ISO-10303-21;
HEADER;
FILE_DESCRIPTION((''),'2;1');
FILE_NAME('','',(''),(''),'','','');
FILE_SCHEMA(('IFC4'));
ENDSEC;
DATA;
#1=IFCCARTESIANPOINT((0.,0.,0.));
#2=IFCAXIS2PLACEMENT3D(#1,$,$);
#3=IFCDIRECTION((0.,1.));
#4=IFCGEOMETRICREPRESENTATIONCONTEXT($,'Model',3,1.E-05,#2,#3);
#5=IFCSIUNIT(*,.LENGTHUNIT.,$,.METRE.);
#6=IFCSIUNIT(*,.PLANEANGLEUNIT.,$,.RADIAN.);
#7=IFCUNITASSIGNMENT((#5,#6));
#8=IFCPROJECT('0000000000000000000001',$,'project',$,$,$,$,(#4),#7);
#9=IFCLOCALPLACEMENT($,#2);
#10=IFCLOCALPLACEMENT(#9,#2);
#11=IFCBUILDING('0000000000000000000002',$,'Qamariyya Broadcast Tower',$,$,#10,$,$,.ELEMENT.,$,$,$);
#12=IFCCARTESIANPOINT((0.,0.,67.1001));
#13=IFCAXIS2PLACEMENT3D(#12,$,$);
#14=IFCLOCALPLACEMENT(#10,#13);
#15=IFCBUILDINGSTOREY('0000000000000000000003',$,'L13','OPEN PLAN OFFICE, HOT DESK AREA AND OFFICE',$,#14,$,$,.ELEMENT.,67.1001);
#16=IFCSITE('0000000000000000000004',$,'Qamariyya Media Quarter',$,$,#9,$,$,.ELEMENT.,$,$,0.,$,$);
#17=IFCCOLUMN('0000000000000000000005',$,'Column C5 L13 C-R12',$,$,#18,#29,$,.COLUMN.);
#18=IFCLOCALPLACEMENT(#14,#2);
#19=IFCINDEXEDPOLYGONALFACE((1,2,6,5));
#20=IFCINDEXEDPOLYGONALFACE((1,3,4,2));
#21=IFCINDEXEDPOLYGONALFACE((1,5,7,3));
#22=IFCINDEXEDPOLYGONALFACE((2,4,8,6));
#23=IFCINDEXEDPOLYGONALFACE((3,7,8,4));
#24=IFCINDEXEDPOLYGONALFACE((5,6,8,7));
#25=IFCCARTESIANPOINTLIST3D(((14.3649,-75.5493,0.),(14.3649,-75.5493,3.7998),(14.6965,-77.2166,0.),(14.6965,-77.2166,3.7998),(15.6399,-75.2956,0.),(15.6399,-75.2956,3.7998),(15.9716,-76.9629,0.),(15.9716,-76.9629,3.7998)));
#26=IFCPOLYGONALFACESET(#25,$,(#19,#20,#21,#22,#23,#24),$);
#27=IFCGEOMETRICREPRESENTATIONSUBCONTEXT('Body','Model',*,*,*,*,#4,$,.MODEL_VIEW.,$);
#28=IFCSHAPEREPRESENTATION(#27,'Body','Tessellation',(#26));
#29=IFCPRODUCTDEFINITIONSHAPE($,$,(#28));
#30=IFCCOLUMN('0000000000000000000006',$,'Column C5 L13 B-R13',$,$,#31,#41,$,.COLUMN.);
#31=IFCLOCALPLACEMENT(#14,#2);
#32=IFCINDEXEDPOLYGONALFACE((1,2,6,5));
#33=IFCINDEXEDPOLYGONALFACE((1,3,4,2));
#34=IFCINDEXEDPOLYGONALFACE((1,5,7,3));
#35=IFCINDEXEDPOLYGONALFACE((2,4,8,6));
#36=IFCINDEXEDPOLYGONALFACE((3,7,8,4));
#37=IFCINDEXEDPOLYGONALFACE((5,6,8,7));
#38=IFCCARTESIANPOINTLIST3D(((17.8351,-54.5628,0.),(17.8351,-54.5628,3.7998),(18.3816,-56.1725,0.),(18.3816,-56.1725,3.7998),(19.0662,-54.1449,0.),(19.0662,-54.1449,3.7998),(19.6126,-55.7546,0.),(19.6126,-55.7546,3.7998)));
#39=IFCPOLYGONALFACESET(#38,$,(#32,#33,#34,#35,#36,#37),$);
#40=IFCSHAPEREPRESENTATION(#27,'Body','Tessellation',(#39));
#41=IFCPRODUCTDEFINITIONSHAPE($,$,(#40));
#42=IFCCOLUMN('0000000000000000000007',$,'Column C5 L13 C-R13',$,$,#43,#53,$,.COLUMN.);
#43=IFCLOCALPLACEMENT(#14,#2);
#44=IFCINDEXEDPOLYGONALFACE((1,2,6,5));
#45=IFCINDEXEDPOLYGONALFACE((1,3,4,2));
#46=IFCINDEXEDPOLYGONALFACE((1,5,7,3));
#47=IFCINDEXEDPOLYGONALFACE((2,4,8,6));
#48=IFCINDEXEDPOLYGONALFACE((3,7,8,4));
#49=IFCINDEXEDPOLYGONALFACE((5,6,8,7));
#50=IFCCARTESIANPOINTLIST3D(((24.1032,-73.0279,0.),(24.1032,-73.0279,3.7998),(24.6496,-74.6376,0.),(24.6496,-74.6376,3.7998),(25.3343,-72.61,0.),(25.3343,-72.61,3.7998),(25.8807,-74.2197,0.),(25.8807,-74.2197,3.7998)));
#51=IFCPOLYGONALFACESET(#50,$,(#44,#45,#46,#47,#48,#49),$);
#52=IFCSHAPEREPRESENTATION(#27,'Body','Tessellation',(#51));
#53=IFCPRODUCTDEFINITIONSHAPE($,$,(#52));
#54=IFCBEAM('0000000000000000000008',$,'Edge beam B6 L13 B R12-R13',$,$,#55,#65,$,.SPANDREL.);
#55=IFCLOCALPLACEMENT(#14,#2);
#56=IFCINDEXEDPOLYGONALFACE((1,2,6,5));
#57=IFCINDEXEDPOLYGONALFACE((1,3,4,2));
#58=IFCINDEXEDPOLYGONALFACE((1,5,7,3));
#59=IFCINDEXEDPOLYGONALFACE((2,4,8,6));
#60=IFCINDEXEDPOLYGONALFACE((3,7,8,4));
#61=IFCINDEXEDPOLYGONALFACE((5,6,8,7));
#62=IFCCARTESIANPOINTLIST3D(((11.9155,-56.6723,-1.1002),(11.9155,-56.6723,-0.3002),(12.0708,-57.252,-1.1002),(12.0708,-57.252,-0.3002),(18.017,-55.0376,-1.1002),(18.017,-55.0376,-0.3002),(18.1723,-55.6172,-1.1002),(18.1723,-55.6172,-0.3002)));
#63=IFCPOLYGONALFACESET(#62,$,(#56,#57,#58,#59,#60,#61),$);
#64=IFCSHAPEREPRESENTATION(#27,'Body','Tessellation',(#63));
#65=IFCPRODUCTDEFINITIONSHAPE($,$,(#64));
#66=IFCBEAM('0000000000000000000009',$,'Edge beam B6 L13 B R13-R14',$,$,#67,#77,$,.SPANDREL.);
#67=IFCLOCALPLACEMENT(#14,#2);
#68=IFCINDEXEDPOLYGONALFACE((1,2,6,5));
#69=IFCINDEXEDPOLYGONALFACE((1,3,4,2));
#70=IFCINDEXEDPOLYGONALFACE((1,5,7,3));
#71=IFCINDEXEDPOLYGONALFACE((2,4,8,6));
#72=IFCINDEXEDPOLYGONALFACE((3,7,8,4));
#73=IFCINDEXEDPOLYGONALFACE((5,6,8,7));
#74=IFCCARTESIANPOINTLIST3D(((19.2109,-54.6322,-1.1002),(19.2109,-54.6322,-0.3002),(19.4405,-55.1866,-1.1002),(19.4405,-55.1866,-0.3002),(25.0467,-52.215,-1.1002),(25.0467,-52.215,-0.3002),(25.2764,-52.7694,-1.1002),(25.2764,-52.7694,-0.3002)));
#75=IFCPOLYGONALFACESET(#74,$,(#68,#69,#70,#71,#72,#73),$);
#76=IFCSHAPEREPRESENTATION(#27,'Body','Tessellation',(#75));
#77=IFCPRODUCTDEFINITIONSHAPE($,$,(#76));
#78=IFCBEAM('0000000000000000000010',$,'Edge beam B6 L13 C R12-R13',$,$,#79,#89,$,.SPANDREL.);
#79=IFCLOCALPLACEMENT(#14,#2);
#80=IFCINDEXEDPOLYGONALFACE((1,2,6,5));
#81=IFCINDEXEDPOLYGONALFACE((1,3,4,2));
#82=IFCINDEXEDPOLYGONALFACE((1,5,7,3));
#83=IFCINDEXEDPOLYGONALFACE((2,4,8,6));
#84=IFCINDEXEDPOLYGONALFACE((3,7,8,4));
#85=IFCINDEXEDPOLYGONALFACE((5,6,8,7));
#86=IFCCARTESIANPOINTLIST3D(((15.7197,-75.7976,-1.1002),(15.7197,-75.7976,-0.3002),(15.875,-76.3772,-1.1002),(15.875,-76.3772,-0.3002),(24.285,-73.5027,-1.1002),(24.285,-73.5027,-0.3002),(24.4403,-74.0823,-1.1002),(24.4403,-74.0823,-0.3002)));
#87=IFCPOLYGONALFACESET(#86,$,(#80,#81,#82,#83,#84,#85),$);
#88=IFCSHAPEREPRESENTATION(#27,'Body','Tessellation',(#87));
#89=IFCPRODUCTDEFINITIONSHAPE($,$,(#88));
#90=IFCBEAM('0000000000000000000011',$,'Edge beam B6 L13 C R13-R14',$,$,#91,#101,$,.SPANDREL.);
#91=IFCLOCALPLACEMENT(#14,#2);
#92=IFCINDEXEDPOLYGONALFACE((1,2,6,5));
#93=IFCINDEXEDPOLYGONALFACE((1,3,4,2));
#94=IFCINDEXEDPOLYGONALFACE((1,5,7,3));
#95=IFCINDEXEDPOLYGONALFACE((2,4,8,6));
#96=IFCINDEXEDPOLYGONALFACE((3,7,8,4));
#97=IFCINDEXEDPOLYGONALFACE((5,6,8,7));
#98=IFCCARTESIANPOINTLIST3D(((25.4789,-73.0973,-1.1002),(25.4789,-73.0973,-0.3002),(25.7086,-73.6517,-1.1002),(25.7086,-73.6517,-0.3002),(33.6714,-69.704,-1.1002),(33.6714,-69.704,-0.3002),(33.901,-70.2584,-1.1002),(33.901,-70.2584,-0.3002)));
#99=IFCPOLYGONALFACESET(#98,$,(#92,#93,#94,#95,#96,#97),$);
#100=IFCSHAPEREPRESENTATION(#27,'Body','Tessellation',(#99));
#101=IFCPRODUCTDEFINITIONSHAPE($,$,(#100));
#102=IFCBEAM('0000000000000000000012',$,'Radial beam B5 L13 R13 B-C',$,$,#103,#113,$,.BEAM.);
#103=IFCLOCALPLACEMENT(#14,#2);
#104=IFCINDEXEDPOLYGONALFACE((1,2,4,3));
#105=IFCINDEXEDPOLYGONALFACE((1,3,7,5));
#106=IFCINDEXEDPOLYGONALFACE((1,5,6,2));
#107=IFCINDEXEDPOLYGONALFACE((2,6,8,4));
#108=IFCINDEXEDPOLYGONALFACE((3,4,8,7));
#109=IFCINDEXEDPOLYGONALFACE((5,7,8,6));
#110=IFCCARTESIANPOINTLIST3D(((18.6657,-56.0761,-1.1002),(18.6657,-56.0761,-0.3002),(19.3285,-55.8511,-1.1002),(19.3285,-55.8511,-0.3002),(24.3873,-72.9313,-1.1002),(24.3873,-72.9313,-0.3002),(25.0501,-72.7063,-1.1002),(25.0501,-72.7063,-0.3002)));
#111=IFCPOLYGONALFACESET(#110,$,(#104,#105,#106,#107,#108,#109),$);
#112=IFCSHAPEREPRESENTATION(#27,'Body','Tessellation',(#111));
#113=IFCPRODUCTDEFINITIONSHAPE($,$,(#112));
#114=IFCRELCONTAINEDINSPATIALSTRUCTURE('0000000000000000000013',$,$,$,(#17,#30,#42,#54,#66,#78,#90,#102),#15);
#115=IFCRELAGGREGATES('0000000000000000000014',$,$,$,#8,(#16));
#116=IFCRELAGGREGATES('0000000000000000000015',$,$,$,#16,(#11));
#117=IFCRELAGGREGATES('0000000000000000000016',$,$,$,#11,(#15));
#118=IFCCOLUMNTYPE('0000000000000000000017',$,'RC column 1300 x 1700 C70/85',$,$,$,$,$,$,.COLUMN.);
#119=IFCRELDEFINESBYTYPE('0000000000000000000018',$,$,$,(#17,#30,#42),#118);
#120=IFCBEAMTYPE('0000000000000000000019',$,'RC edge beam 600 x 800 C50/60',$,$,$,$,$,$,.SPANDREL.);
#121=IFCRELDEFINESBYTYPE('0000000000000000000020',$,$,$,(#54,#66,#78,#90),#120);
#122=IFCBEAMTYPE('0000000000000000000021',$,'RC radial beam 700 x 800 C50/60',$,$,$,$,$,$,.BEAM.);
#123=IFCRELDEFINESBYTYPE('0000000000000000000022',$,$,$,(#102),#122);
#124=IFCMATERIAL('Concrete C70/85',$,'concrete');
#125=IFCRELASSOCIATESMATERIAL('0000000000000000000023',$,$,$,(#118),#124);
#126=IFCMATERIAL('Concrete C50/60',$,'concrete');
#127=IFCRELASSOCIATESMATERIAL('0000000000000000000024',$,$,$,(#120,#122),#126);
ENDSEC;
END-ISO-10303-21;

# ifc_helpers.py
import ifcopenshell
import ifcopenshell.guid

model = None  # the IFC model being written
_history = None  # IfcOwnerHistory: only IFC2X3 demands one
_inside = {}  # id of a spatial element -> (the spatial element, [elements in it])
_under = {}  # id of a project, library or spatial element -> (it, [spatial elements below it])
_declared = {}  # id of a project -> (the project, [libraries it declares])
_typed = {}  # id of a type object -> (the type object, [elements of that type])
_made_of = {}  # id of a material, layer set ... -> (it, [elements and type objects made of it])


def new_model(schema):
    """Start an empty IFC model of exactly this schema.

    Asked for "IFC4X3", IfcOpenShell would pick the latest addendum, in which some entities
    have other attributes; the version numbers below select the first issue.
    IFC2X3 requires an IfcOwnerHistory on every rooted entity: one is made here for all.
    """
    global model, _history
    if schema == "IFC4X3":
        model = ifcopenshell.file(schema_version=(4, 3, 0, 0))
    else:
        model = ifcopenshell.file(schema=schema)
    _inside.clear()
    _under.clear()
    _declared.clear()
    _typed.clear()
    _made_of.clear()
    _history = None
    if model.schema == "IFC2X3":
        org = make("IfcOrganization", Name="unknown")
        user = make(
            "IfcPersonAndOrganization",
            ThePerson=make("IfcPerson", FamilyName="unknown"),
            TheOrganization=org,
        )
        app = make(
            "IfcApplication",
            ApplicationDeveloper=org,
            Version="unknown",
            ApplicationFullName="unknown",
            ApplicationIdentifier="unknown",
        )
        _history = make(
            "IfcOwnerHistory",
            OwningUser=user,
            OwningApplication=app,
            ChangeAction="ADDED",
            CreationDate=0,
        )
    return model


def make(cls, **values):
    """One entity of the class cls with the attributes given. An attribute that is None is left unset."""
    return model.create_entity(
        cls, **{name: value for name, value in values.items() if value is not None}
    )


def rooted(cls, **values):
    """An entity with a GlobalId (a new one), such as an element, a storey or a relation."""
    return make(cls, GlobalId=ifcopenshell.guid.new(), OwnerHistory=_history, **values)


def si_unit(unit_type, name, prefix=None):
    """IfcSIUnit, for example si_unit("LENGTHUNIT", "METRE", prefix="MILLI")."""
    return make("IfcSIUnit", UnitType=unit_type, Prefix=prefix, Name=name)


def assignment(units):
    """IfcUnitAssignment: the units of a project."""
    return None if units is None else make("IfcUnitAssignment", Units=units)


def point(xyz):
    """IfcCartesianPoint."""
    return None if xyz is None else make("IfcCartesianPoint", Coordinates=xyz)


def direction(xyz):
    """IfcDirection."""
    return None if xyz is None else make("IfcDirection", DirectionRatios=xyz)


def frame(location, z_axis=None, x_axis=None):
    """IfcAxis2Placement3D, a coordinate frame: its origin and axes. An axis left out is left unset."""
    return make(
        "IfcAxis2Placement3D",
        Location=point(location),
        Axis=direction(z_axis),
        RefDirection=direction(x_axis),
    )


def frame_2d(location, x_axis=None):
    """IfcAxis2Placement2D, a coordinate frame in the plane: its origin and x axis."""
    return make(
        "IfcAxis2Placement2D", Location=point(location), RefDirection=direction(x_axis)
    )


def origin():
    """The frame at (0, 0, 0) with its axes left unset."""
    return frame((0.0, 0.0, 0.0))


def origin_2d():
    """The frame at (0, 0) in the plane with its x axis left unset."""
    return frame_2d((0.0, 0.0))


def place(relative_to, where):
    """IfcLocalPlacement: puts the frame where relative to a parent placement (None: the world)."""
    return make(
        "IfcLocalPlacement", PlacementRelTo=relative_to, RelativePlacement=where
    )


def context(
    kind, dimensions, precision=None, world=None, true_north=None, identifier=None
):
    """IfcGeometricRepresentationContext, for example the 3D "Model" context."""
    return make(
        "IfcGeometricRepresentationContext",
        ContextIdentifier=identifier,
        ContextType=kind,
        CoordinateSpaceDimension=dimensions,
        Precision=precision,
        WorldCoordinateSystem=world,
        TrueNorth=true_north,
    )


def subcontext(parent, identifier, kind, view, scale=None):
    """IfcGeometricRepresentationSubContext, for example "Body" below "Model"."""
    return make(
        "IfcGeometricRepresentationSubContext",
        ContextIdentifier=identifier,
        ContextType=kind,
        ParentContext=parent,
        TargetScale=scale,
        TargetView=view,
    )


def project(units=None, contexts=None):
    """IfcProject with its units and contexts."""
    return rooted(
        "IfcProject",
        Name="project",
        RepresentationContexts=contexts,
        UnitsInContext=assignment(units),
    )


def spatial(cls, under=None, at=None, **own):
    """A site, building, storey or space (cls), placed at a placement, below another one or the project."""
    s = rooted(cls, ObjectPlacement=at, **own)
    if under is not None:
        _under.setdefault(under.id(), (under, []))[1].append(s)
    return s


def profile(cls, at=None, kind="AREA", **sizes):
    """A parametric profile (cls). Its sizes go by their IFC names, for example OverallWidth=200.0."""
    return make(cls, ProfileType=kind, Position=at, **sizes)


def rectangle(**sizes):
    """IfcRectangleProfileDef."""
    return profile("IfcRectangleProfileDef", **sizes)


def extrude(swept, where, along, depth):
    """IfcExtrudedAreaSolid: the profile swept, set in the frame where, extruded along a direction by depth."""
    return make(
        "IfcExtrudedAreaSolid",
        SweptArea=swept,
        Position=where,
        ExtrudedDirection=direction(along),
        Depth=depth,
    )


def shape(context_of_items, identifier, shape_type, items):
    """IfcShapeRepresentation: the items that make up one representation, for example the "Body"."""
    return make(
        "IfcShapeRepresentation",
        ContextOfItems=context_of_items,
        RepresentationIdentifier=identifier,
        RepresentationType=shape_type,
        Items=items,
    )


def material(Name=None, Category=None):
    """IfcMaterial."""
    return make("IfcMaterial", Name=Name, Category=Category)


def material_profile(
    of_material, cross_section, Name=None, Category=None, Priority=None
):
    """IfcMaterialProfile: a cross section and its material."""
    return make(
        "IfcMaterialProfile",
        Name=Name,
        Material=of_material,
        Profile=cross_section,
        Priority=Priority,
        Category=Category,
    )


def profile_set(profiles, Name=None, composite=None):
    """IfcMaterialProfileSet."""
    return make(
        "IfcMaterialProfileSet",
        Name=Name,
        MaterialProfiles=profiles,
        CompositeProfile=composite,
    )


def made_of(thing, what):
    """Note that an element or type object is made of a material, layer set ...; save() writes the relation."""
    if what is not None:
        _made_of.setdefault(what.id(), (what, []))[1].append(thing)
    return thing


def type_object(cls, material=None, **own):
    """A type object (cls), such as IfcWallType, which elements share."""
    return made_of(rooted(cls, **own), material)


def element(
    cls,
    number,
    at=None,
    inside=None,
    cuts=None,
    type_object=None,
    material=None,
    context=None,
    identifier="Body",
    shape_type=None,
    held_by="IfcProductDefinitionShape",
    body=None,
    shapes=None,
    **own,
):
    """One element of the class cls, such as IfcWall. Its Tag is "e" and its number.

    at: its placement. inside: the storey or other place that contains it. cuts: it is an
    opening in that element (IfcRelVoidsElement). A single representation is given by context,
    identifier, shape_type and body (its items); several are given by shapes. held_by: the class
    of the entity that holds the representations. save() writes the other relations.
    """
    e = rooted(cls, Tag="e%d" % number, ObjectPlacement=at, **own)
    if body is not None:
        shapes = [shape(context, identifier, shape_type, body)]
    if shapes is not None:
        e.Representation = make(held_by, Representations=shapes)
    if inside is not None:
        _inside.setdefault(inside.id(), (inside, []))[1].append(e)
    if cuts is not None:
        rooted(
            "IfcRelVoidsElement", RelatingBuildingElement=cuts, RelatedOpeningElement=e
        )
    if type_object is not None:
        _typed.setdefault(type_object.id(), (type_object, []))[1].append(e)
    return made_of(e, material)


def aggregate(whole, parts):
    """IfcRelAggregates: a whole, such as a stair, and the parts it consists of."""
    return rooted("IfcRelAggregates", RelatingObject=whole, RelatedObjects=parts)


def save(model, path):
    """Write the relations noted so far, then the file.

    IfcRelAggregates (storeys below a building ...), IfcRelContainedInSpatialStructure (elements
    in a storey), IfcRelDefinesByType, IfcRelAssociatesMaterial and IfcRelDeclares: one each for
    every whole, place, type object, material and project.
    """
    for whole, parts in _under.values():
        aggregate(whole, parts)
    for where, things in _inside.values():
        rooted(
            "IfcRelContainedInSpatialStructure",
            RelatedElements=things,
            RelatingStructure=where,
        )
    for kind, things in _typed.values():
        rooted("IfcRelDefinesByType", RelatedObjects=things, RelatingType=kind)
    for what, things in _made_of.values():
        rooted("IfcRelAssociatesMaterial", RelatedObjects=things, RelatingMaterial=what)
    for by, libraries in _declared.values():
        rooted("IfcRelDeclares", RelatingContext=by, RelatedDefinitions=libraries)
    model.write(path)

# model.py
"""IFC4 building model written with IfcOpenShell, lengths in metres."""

from ifc_helpers import new_model, si_unit, direction, frame, origin, origin_2d, place, context, subcontext, project, spatial, rectangle, extrude, material, material_profile, profile_set, type_object, element, save


model = new_model("IFC4")

# Units and contexts
model_context = context("Model", 3, precision=1e-05, world=origin(), true_north=direction((0.0, 1.0)))
body_context = subcontext(model_context, "Body", "Model", "MODEL_VIEW")
ifc_project = project(units=[si_unit("LENGTHUNIT", "METRE"), si_unit("PLANEANGLEUNIT", "RADIAN")], contexts=[model_context])

# Site, building, storey
site_placement = place(None, origin())
site = spatial("IfcSite", under=ifc_project, at=site_placement, Name="Qamariyya Media Quarter", CompositionType="ELEMENT", RefElevation=0.0)
building_placement = place(site_placement, origin())
building = spatial("IfcBuilding", under=site, at=building_placement, Name="Qamariyya Broadcast Tower", CompositionType="ELEMENT")
storey_placement = place(building_placement, frame((0.0, 0.0, 67.1001)))
storey = spatial("IfcBuildingStorey", under=building, at=storey_placement, Name="L13", Description="OPEN PLAN OFFICE, HOT DESK AREA AND OFFICE", CompositionType="ELEMENT", Elevation=67.1001)

# Columns
ifc_material_1 = material(Name="Concrete C70/85", Category="concrete")
ifc_material_profile_1 = material_profile(ifc_material_1, rectangle(XDim=1.3, YDim=1.7, at=origin_2d()))
ifc_profile_set_1 = profile_set([ifc_material_profile_1], Name="Concrete C70/85")
column_type = type_object("IfcColumnType", Name="RC column 1300 x 1700 C70/85", PredefinedType="COLUMN", material=ifc_profile_set_1)
for number, where, z_axis, x_axis, name in (
    (1, (15.1682, -76.2561, 0.0), (0.0, 0.0, 1.0), (0.980785, 0.19509, 0.0), "Column C5 L13 C-R12"),
    (2, (18.7239, -55.1587, 0.0), (0.0, 0.0, 1.0), (0.94693, 0.321439, 0.0), "Column C5 L13 B-R13"),
    (3, (24.9919, -73.6238, 0.0), (0.0, 0.0, 1.0), (0.94693, 0.321439, 0.0), "Column C5 L13 C-R13"),
):
    element("IfcColumn", number, at=place(storey_placement, frame(where, z_axis=z_axis, x_axis=x_axis)), inside=storey, type_object=column_type, Name=name, PredefinedType="COLUMN", context=body_context, shape_type="SweptSolid", body=[
        extrude(rectangle(XDim=1.3, YDim=1.7, at=origin_2d()), origin(), (0.0, 0.0, 1.0), 3.7998),
    ])

# Beams
ifc_material_2 = material(Name="Concrete C50/60", Category="concrete")
ifc_material_profile_2 = material_profile(ifc_material_2, rectangle(XDim=0.6001, YDim=0.8, at=origin_2d()))
ifc_profile_set_2 = profile_set([ifc_material_profile_2], Name="Concrete C50/60")
beam_type_1 = type_object("IfcBeamType", Name="RC edge beam 600 x 800 C50/60", PredefinedType="SPANDREL", material=ifc_profile_set_2)
for number, where, z_axis, x_axis, name in (
    (4, (11.9932, -56.9622, -0.7002), (0.965931, 0.258798, 0.0), (-0.258798, 0.965931, 0.0), "Edge beam B6 L13 B R12-R13"),
    (5, (19.3257, -54.9094, -0.7002), (0.923884, 0.382672, 0.0), (-0.382672, 0.923884, 0.0), "Edge beam B6 L13 B R13-R14"),
):
    element("IfcBeam", number, at=place(storey_placement, frame(where, z_axis=z_axis, x_axis=x_axis)), inside=storey, type_object=beam_type_1, Name=name, PredefinedType="SPANDREL", context=body_context, shape_type="SweptSolid", body=[
        extrude(rectangle(XDim=0.6001, YDim=0.8, at=origin_2d()), origin(), (0.0, 0.0, 1.0), 6.3167),
    ])
for number, where, z_axis, x_axis, name in (
    (6, (15.7974, -76.0874, -0.7002), (0.965931, 0.2588, 0.0), (-0.2588, 0.965931, 0.0), "Edge beam B6 L13 C R12-R13"),
    (7, (25.5938, -73.3745, -0.7002), (0.923883, 0.382675, 0.0), (-0.382675, 0.923883, 0.0), "Edge beam B6 L13 C R13-R14"),
):
    element("IfcBeam", number, at=place(storey_placement, frame(where, z_axis=z_axis, x_axis=x_axis)), inside=storey, type_object=beam_type_1, Name=name, PredefinedType="SPANDREL", context=body_context, shape_type="SweptSolid", body=[
        extrude(rectangle(XDim=0.6001, YDim=0.8, at=origin_2d()), origin(), (0.0, 0.0, 1.0), 8.8674),
    ])
ifc_material_profile_3 = material_profile(ifc_material_2, rectangle(XDim=0.7, YDim=0.8, at=origin_2d()))
ifc_profile_set_3 = profile_set([ifc_material_profile_3], Name="Concrete C50/60")
beam_type_2 = type_object("IfcBeamType", Name="RC radial beam 700 x 800 C50/60", PredefinedType="BEAM", material=ifc_profile_set_3)
beam_placement = place(storey_placement, frame((18.9971, -55.9636, -0.7002), z_axis=(0.321445, -0.946928, 0.0), x_axis=(0.946928, 0.321445, 0.0)))
element("IfcBeam", 8, at=beam_placement, inside=storey, type_object=beam_type_2, Name="Radial beam B5 L13 R13 B-C", PredefinedType="BEAM", context=body_context, shape_type="SweptSolid", body=[
    extrude(rectangle(XDim=0.7, YDim=0.8, at=origin_2d()), origin(), (0.0, 0.0, 1.0), 17.7998),
])

save(model, "model.ifc")
